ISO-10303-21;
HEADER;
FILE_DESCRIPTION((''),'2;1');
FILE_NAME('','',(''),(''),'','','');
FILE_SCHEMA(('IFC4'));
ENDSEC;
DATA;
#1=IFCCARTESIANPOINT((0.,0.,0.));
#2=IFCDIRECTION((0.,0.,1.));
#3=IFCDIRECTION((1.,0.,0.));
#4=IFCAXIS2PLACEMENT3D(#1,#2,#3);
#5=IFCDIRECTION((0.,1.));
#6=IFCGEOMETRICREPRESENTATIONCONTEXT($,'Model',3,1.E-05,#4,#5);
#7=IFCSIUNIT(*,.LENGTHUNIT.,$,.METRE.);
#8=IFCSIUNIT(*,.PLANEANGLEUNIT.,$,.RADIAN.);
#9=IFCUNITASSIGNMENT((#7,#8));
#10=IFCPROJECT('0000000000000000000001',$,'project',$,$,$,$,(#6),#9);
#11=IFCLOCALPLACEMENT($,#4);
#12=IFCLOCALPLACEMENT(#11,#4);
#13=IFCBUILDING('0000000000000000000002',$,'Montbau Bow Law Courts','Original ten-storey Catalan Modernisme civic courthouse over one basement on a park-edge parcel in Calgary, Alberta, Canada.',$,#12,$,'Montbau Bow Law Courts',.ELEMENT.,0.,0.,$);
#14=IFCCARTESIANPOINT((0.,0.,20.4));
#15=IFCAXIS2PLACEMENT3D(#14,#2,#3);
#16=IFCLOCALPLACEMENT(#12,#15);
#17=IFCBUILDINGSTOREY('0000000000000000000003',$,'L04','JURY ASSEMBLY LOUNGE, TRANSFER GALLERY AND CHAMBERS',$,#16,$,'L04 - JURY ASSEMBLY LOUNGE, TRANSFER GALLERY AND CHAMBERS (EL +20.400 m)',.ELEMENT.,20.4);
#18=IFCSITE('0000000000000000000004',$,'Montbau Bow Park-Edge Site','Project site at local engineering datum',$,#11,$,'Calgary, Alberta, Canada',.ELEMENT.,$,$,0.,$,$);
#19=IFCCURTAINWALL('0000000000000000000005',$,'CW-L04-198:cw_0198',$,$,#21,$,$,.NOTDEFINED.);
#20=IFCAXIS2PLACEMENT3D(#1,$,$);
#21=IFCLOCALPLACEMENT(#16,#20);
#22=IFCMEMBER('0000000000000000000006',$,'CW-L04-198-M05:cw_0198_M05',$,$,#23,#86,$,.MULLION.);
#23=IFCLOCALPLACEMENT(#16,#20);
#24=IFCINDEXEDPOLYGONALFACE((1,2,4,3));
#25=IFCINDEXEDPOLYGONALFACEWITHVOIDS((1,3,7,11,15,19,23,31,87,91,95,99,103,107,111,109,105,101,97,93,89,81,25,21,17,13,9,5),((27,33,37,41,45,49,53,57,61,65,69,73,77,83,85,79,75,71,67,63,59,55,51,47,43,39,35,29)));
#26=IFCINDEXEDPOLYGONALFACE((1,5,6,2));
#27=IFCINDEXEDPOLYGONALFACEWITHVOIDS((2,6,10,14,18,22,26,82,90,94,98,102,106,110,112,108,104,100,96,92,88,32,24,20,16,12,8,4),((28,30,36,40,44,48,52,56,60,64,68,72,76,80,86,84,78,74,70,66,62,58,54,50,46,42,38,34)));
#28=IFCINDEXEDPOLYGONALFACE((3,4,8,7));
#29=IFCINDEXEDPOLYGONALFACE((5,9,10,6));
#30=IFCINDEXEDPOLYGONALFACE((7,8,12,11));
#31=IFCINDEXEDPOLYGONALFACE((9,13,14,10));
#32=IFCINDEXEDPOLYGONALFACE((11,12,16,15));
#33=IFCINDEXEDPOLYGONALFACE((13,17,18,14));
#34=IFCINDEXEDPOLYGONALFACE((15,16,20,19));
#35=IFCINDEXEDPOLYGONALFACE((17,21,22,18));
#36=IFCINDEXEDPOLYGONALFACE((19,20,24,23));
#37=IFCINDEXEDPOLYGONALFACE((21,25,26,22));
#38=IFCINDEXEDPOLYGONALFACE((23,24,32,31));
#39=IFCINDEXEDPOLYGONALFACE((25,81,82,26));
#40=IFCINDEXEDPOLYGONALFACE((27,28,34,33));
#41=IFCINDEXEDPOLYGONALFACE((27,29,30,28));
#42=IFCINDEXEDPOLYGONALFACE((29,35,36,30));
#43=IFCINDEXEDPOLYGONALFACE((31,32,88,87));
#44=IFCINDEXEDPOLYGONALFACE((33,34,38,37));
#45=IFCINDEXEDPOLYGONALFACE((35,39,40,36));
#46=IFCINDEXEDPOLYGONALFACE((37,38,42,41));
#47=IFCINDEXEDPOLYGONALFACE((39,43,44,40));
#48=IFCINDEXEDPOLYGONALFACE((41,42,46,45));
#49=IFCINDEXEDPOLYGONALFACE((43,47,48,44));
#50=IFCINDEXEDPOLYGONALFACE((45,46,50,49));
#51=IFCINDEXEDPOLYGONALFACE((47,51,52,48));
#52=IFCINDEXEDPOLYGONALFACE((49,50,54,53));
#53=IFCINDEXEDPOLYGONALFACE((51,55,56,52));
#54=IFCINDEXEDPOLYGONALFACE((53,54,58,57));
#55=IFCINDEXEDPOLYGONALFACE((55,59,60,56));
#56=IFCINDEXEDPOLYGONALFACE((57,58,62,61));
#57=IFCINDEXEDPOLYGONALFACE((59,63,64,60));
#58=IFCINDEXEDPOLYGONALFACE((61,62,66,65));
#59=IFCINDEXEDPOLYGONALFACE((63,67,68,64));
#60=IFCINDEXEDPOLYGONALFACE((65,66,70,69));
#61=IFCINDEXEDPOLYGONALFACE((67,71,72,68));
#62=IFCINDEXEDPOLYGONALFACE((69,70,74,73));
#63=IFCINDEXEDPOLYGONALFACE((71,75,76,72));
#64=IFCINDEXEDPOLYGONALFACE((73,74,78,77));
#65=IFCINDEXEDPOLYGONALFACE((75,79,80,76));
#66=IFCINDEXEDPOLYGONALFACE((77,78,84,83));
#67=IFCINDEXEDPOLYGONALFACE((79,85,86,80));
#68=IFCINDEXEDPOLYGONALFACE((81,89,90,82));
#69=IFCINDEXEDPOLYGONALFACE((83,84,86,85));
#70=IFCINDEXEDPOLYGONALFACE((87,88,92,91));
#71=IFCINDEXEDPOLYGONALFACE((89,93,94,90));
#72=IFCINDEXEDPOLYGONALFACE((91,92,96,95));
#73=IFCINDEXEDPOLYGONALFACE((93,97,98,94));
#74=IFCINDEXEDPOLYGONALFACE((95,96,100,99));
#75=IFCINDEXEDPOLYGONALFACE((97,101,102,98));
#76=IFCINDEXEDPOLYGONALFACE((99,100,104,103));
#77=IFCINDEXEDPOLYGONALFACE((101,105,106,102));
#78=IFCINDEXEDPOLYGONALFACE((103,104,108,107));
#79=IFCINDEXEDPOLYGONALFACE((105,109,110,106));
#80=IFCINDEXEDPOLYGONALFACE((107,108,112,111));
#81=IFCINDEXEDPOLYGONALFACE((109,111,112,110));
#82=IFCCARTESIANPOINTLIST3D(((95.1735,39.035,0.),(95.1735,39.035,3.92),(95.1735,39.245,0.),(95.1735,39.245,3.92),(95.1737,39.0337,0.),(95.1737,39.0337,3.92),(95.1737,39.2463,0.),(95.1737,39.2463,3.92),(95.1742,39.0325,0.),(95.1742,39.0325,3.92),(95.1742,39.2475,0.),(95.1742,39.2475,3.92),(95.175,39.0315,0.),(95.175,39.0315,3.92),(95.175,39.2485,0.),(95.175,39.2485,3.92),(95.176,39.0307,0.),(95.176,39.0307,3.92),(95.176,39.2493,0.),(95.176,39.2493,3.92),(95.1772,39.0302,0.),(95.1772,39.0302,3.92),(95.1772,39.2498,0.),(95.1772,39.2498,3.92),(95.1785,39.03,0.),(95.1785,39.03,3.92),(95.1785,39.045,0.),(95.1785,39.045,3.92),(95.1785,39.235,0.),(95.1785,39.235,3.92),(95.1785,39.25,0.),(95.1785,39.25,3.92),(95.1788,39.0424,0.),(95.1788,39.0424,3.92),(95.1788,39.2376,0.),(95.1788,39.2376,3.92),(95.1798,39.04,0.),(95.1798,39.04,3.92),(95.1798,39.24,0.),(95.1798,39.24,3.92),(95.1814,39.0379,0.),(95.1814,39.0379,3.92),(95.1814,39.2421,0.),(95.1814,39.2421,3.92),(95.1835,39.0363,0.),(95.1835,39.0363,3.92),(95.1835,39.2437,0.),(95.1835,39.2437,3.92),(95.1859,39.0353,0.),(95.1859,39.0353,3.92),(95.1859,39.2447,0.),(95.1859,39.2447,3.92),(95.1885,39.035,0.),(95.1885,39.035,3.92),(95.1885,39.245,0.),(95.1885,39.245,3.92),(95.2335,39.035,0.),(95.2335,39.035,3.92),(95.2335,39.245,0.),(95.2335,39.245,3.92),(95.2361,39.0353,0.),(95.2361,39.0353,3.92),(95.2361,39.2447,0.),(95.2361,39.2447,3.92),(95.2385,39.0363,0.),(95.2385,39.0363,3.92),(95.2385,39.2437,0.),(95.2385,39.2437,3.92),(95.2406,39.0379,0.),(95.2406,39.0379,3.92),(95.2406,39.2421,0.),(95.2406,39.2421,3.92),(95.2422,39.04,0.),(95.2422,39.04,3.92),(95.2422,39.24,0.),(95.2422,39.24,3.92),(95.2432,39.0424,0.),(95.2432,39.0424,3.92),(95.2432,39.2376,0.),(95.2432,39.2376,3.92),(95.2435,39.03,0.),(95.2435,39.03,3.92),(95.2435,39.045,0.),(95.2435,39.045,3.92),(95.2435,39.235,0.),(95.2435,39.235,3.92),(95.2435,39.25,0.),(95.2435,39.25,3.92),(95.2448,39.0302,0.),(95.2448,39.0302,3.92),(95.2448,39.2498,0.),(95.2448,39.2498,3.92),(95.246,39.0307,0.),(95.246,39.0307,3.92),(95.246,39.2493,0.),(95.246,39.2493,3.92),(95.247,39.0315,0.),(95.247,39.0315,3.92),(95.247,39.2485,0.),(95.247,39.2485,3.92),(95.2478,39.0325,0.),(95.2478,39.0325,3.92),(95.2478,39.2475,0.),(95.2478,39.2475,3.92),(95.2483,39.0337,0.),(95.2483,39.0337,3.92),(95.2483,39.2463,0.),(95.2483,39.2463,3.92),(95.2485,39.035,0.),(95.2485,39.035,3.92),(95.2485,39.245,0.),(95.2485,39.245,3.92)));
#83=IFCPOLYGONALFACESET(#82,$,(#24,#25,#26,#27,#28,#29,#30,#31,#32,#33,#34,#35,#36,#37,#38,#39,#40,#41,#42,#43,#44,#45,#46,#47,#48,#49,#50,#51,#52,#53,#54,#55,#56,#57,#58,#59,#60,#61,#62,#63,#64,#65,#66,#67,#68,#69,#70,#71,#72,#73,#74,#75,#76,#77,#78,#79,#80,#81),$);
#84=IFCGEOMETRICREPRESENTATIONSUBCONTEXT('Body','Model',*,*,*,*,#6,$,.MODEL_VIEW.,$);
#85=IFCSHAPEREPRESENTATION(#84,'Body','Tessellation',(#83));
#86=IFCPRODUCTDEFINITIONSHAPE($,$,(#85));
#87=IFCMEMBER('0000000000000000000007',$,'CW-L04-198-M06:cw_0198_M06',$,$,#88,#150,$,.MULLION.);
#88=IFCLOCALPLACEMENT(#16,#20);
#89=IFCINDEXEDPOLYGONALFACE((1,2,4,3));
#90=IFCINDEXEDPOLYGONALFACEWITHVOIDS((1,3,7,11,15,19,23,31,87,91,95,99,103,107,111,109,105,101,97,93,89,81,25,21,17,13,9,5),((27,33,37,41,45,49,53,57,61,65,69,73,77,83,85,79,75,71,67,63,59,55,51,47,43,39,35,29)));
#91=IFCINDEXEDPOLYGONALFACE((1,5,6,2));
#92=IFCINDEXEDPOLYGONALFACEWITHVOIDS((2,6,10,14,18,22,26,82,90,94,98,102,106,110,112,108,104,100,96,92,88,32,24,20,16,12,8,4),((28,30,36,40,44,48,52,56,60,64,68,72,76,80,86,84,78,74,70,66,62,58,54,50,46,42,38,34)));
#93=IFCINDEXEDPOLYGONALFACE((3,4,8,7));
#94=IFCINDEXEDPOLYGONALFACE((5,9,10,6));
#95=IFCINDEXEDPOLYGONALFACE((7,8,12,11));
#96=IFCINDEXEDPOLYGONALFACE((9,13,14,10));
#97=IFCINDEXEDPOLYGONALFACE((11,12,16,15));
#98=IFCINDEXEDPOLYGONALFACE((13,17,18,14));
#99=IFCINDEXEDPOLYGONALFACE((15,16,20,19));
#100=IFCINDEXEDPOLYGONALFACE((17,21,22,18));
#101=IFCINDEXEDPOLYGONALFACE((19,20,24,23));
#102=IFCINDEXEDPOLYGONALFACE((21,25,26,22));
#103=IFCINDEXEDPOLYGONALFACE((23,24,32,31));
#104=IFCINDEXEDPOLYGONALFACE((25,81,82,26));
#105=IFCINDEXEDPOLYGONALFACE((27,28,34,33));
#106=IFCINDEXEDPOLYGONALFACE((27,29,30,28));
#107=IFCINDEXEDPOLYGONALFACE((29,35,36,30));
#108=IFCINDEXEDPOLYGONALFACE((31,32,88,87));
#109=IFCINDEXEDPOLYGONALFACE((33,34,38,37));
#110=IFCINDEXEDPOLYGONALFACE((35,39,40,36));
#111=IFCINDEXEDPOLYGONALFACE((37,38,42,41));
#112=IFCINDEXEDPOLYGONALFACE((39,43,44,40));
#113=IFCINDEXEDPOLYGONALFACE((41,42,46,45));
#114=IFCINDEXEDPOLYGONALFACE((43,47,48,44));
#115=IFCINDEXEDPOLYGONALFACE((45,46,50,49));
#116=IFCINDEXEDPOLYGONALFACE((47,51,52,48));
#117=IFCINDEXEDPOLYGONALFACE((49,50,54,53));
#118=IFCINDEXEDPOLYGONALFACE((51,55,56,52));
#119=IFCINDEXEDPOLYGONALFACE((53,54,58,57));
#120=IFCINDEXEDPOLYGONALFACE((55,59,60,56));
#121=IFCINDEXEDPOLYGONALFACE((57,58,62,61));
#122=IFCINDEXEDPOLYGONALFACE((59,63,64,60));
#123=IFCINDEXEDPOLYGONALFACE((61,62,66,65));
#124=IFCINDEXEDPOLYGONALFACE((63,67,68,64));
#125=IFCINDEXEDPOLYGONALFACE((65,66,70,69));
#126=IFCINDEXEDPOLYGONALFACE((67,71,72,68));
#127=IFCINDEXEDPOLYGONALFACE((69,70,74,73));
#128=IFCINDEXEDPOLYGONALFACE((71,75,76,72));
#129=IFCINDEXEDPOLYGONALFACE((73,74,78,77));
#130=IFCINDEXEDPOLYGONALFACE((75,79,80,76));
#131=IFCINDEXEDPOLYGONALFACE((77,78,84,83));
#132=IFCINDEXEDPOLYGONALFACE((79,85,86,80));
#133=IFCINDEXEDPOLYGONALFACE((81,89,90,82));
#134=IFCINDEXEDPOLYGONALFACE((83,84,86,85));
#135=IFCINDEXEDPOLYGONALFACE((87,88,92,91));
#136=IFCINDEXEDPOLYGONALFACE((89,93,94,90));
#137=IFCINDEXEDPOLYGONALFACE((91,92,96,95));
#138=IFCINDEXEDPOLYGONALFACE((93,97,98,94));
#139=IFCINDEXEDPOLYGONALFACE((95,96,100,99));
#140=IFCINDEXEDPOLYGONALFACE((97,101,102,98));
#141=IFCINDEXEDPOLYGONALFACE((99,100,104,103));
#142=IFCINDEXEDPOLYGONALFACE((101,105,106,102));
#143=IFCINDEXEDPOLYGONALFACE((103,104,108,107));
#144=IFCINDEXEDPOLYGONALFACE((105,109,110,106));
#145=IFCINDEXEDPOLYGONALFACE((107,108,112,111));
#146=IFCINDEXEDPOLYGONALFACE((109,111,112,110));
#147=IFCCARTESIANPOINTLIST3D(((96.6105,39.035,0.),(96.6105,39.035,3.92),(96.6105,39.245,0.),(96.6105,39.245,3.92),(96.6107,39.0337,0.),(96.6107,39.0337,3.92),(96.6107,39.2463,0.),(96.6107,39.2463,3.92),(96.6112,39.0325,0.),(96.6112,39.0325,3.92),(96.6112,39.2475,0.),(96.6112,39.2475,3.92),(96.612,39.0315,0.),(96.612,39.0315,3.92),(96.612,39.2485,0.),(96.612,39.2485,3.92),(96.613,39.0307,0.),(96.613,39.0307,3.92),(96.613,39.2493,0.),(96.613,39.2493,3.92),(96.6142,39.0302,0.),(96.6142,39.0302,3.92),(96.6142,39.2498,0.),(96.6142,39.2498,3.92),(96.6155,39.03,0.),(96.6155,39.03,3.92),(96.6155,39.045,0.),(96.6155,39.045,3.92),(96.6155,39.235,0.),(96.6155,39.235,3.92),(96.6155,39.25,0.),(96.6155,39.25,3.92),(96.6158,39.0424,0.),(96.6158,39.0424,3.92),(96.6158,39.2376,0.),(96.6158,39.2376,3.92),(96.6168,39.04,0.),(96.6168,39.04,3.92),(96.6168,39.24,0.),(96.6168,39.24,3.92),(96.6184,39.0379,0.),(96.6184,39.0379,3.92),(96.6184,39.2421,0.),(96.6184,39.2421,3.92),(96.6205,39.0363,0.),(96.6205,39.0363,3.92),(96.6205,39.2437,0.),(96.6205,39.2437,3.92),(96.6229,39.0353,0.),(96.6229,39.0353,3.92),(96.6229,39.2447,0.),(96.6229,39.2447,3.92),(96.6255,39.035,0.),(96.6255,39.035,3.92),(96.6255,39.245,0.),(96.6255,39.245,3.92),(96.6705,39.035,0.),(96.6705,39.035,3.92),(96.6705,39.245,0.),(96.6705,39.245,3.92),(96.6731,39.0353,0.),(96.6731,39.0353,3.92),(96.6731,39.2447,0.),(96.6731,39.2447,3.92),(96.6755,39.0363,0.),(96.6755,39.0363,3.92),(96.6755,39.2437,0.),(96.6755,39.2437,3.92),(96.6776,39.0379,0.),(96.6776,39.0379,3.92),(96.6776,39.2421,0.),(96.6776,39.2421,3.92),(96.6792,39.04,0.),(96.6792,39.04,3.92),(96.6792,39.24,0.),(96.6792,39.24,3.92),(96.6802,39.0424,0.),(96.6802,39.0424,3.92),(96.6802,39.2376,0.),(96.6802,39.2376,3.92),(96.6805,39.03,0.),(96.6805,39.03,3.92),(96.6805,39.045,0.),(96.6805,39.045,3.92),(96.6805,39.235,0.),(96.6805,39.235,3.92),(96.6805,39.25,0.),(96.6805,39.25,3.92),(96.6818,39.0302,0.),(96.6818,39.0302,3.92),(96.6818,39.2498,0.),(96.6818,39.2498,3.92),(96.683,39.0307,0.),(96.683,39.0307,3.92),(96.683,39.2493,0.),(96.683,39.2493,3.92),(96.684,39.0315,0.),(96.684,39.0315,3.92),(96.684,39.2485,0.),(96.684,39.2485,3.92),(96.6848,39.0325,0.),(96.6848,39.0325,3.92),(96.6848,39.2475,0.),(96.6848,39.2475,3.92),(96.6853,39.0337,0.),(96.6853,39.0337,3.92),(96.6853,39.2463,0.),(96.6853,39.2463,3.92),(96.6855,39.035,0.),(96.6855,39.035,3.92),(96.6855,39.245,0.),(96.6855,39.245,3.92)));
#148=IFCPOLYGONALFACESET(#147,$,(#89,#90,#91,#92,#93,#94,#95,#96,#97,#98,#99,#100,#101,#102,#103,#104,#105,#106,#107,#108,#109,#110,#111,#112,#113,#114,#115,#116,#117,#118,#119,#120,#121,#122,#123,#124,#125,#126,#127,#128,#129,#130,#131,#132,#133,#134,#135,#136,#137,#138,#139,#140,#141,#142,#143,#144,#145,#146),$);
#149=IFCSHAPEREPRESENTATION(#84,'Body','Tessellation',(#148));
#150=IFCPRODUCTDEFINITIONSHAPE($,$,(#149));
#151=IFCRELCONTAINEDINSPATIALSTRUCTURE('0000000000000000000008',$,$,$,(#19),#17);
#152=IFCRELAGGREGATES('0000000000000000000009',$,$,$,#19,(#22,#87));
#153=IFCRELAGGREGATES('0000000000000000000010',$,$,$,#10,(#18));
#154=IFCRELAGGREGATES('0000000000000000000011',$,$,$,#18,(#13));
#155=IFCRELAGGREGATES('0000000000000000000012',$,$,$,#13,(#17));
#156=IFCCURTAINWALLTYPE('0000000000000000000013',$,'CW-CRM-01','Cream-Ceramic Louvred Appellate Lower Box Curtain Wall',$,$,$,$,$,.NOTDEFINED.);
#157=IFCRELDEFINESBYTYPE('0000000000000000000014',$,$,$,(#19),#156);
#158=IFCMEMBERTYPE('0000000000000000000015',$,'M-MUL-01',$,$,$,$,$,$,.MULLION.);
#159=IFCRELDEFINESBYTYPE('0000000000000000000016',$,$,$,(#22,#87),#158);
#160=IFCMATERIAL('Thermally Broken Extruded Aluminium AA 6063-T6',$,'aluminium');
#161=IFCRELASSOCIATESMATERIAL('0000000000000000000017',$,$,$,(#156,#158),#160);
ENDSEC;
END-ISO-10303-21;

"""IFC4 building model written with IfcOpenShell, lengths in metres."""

from ifc_helpers import new_model, si_unit, direction, frame, origin_with_axes, origin_2d_with_axis, place, context, subcontext, project, spatial, hollow_rectangle, extrude, material, material_profile, profile_set, type_object, element, aggregate, save


model = new_model("IFC4")

# Units and contexts
model_context = context("Model", 3, precision=1e-05, world=origin_with_axes(), true_north=direction((0.0, 1.0)))
body_context = subcontext(model_context, "Body", "Model", "MODEL_VIEW")
ifc_project = project(units=[si_unit("LENGTHUNIT", "METRE"), si_unit("PLANEANGLEUNIT", "RADIAN")], contexts=[model_context])

# Site, building, storey
site_placement = place(None, origin_with_axes())
site = spatial("IfcSite", under=ifc_project, at=site_placement, Name="Montbau Bow Park-Edge Site", Description="Project site at local engineering datum", LongName="Calgary, Alberta, Canada", CompositionType="ELEMENT", RefElevation=0.0)
building_placement = place(site_placement, origin_with_axes())
building = spatial("IfcBuilding", under=site, at=building_placement, Name="Montbau Bow Law Courts", Description="Original ten-storey Catalan Modernisme civic courthouse over one basement on a park-edge parcel in Calgary, Alberta, Canada.", LongName="Montbau Bow Law Courts", CompositionType="ELEMENT", ElevationOfRefHeight=0.0, ElevationOfTerrain=0.0)
storey_placement = place(building_placement, frame((0.0, 0.0, 20.4), z_axis=(0.0, 0.0, 1.0), x_axis=(1.0, 0.0, 0.0)))
storey = spatial("IfcBuildingStorey", under=building, at=storey_placement, Name="L04", Description="JURY ASSEMBLY LOUNGE, TRANSFER GALLERY AND CHAMBERS", LongName="L04 - JURY ASSEMBLY LOUNGE, TRANSFER GALLERY AND CHAMBERS (EL +20.400 m)", CompositionType="ELEMENT", Elevation=20.4)

# Curtain wall, members
ifc_material_1 = material(Name="Thermally Broken Extruded Aluminium AA 6063-T6", Category="aluminium")
curtain_wall_type = type_object("IfcCurtainWallType", Name="CW-CRM-01", Description="Cream-Ceramic Louvred Appellate Lower Box Curtain Wall", PredefinedType="NOTDEFINED", material=ifc_material_1)
curtain_wall_1_placement = place(None, frame((89.315, 39.14, 20.4), z_axis=(0.0, 0.0, 1.0), x_axis=(1.0, 0.0, 0.0)))
curtain_wall_1 = element("IfcCurtainWall", 1, at=curtain_wall_1_placement, inside=storey, type_object=curtain_wall_type, Name="CW-L04-198:cw_0198", PredefinedType="NOTDEFINED")
ifc_material_profile_1 = material_profile(ifc_material_1, hollow_rectangle(XDim=0.075, YDim=0.22, WallThickness=0.005, InnerFilletRadius=0.01, OuterFilletRadius=0.005, at=origin_2d_with_axis()), Name="CWM-220X75", Category="Main", Priority=0)
ifc_profile_set_1 = profile_set([ifc_material_profile_1], Name="Thermally Broken Extruded Aluminium AA 6063-T6")
member_type_1 = type_object("IfcMemberType", Name="M-MUL-01", PredefinedType="MULLION", material=ifc_profile_set_1)
member_1_placement = place(None, frame((95.211, 39.14, 20.4), z_axis=(0.0, 0.0, 1.0), x_axis=(1.0, 0.0, 0.0)))
member_1 = element("IfcMember", 2, at=member_1_placement, type_object=member_type_1, Name="CW-L04-198-M05:cw_0198_M05", PredefinedType="MULLION", context=body_context, shape_type="SweptSolid", body=[
    extrude(hollow_rectangle(XDim=0.075, YDim=0.22, WallThickness=0.005, InnerFilletRadius=0.01, OuterFilletRadius=0.005, at=origin_2d_with_axis()), origin_with_axes(), (0.0, 0.0, 1.0), 3.92),
])
member_2_placement = place(None, frame((96.648, 39.14, 20.4), z_axis=(0.0, 0.0, 1.0), x_axis=(1.0, 0.0, 0.0)))
member_2 = element("IfcMember", 3, at=member_2_placement, type_object=member_type_1, Name="CW-L04-198-M06:cw_0198_M06", PredefinedType="MULLION", context=body_context, shape_type="SweptSolid", body=[
    extrude(hollow_rectangle(XDim=0.075, YDim=0.22, WallThickness=0.005, InnerFilletRadius=0.01, OuterFilletRadius=0.005, at=origin_2d_with_axis()), origin_with_axes(), (0.0, 0.0, 1.0), 3.92),
])

aggregate(curtain_wall_1, [member_1, member_2])

save(model, "model.ifc")
